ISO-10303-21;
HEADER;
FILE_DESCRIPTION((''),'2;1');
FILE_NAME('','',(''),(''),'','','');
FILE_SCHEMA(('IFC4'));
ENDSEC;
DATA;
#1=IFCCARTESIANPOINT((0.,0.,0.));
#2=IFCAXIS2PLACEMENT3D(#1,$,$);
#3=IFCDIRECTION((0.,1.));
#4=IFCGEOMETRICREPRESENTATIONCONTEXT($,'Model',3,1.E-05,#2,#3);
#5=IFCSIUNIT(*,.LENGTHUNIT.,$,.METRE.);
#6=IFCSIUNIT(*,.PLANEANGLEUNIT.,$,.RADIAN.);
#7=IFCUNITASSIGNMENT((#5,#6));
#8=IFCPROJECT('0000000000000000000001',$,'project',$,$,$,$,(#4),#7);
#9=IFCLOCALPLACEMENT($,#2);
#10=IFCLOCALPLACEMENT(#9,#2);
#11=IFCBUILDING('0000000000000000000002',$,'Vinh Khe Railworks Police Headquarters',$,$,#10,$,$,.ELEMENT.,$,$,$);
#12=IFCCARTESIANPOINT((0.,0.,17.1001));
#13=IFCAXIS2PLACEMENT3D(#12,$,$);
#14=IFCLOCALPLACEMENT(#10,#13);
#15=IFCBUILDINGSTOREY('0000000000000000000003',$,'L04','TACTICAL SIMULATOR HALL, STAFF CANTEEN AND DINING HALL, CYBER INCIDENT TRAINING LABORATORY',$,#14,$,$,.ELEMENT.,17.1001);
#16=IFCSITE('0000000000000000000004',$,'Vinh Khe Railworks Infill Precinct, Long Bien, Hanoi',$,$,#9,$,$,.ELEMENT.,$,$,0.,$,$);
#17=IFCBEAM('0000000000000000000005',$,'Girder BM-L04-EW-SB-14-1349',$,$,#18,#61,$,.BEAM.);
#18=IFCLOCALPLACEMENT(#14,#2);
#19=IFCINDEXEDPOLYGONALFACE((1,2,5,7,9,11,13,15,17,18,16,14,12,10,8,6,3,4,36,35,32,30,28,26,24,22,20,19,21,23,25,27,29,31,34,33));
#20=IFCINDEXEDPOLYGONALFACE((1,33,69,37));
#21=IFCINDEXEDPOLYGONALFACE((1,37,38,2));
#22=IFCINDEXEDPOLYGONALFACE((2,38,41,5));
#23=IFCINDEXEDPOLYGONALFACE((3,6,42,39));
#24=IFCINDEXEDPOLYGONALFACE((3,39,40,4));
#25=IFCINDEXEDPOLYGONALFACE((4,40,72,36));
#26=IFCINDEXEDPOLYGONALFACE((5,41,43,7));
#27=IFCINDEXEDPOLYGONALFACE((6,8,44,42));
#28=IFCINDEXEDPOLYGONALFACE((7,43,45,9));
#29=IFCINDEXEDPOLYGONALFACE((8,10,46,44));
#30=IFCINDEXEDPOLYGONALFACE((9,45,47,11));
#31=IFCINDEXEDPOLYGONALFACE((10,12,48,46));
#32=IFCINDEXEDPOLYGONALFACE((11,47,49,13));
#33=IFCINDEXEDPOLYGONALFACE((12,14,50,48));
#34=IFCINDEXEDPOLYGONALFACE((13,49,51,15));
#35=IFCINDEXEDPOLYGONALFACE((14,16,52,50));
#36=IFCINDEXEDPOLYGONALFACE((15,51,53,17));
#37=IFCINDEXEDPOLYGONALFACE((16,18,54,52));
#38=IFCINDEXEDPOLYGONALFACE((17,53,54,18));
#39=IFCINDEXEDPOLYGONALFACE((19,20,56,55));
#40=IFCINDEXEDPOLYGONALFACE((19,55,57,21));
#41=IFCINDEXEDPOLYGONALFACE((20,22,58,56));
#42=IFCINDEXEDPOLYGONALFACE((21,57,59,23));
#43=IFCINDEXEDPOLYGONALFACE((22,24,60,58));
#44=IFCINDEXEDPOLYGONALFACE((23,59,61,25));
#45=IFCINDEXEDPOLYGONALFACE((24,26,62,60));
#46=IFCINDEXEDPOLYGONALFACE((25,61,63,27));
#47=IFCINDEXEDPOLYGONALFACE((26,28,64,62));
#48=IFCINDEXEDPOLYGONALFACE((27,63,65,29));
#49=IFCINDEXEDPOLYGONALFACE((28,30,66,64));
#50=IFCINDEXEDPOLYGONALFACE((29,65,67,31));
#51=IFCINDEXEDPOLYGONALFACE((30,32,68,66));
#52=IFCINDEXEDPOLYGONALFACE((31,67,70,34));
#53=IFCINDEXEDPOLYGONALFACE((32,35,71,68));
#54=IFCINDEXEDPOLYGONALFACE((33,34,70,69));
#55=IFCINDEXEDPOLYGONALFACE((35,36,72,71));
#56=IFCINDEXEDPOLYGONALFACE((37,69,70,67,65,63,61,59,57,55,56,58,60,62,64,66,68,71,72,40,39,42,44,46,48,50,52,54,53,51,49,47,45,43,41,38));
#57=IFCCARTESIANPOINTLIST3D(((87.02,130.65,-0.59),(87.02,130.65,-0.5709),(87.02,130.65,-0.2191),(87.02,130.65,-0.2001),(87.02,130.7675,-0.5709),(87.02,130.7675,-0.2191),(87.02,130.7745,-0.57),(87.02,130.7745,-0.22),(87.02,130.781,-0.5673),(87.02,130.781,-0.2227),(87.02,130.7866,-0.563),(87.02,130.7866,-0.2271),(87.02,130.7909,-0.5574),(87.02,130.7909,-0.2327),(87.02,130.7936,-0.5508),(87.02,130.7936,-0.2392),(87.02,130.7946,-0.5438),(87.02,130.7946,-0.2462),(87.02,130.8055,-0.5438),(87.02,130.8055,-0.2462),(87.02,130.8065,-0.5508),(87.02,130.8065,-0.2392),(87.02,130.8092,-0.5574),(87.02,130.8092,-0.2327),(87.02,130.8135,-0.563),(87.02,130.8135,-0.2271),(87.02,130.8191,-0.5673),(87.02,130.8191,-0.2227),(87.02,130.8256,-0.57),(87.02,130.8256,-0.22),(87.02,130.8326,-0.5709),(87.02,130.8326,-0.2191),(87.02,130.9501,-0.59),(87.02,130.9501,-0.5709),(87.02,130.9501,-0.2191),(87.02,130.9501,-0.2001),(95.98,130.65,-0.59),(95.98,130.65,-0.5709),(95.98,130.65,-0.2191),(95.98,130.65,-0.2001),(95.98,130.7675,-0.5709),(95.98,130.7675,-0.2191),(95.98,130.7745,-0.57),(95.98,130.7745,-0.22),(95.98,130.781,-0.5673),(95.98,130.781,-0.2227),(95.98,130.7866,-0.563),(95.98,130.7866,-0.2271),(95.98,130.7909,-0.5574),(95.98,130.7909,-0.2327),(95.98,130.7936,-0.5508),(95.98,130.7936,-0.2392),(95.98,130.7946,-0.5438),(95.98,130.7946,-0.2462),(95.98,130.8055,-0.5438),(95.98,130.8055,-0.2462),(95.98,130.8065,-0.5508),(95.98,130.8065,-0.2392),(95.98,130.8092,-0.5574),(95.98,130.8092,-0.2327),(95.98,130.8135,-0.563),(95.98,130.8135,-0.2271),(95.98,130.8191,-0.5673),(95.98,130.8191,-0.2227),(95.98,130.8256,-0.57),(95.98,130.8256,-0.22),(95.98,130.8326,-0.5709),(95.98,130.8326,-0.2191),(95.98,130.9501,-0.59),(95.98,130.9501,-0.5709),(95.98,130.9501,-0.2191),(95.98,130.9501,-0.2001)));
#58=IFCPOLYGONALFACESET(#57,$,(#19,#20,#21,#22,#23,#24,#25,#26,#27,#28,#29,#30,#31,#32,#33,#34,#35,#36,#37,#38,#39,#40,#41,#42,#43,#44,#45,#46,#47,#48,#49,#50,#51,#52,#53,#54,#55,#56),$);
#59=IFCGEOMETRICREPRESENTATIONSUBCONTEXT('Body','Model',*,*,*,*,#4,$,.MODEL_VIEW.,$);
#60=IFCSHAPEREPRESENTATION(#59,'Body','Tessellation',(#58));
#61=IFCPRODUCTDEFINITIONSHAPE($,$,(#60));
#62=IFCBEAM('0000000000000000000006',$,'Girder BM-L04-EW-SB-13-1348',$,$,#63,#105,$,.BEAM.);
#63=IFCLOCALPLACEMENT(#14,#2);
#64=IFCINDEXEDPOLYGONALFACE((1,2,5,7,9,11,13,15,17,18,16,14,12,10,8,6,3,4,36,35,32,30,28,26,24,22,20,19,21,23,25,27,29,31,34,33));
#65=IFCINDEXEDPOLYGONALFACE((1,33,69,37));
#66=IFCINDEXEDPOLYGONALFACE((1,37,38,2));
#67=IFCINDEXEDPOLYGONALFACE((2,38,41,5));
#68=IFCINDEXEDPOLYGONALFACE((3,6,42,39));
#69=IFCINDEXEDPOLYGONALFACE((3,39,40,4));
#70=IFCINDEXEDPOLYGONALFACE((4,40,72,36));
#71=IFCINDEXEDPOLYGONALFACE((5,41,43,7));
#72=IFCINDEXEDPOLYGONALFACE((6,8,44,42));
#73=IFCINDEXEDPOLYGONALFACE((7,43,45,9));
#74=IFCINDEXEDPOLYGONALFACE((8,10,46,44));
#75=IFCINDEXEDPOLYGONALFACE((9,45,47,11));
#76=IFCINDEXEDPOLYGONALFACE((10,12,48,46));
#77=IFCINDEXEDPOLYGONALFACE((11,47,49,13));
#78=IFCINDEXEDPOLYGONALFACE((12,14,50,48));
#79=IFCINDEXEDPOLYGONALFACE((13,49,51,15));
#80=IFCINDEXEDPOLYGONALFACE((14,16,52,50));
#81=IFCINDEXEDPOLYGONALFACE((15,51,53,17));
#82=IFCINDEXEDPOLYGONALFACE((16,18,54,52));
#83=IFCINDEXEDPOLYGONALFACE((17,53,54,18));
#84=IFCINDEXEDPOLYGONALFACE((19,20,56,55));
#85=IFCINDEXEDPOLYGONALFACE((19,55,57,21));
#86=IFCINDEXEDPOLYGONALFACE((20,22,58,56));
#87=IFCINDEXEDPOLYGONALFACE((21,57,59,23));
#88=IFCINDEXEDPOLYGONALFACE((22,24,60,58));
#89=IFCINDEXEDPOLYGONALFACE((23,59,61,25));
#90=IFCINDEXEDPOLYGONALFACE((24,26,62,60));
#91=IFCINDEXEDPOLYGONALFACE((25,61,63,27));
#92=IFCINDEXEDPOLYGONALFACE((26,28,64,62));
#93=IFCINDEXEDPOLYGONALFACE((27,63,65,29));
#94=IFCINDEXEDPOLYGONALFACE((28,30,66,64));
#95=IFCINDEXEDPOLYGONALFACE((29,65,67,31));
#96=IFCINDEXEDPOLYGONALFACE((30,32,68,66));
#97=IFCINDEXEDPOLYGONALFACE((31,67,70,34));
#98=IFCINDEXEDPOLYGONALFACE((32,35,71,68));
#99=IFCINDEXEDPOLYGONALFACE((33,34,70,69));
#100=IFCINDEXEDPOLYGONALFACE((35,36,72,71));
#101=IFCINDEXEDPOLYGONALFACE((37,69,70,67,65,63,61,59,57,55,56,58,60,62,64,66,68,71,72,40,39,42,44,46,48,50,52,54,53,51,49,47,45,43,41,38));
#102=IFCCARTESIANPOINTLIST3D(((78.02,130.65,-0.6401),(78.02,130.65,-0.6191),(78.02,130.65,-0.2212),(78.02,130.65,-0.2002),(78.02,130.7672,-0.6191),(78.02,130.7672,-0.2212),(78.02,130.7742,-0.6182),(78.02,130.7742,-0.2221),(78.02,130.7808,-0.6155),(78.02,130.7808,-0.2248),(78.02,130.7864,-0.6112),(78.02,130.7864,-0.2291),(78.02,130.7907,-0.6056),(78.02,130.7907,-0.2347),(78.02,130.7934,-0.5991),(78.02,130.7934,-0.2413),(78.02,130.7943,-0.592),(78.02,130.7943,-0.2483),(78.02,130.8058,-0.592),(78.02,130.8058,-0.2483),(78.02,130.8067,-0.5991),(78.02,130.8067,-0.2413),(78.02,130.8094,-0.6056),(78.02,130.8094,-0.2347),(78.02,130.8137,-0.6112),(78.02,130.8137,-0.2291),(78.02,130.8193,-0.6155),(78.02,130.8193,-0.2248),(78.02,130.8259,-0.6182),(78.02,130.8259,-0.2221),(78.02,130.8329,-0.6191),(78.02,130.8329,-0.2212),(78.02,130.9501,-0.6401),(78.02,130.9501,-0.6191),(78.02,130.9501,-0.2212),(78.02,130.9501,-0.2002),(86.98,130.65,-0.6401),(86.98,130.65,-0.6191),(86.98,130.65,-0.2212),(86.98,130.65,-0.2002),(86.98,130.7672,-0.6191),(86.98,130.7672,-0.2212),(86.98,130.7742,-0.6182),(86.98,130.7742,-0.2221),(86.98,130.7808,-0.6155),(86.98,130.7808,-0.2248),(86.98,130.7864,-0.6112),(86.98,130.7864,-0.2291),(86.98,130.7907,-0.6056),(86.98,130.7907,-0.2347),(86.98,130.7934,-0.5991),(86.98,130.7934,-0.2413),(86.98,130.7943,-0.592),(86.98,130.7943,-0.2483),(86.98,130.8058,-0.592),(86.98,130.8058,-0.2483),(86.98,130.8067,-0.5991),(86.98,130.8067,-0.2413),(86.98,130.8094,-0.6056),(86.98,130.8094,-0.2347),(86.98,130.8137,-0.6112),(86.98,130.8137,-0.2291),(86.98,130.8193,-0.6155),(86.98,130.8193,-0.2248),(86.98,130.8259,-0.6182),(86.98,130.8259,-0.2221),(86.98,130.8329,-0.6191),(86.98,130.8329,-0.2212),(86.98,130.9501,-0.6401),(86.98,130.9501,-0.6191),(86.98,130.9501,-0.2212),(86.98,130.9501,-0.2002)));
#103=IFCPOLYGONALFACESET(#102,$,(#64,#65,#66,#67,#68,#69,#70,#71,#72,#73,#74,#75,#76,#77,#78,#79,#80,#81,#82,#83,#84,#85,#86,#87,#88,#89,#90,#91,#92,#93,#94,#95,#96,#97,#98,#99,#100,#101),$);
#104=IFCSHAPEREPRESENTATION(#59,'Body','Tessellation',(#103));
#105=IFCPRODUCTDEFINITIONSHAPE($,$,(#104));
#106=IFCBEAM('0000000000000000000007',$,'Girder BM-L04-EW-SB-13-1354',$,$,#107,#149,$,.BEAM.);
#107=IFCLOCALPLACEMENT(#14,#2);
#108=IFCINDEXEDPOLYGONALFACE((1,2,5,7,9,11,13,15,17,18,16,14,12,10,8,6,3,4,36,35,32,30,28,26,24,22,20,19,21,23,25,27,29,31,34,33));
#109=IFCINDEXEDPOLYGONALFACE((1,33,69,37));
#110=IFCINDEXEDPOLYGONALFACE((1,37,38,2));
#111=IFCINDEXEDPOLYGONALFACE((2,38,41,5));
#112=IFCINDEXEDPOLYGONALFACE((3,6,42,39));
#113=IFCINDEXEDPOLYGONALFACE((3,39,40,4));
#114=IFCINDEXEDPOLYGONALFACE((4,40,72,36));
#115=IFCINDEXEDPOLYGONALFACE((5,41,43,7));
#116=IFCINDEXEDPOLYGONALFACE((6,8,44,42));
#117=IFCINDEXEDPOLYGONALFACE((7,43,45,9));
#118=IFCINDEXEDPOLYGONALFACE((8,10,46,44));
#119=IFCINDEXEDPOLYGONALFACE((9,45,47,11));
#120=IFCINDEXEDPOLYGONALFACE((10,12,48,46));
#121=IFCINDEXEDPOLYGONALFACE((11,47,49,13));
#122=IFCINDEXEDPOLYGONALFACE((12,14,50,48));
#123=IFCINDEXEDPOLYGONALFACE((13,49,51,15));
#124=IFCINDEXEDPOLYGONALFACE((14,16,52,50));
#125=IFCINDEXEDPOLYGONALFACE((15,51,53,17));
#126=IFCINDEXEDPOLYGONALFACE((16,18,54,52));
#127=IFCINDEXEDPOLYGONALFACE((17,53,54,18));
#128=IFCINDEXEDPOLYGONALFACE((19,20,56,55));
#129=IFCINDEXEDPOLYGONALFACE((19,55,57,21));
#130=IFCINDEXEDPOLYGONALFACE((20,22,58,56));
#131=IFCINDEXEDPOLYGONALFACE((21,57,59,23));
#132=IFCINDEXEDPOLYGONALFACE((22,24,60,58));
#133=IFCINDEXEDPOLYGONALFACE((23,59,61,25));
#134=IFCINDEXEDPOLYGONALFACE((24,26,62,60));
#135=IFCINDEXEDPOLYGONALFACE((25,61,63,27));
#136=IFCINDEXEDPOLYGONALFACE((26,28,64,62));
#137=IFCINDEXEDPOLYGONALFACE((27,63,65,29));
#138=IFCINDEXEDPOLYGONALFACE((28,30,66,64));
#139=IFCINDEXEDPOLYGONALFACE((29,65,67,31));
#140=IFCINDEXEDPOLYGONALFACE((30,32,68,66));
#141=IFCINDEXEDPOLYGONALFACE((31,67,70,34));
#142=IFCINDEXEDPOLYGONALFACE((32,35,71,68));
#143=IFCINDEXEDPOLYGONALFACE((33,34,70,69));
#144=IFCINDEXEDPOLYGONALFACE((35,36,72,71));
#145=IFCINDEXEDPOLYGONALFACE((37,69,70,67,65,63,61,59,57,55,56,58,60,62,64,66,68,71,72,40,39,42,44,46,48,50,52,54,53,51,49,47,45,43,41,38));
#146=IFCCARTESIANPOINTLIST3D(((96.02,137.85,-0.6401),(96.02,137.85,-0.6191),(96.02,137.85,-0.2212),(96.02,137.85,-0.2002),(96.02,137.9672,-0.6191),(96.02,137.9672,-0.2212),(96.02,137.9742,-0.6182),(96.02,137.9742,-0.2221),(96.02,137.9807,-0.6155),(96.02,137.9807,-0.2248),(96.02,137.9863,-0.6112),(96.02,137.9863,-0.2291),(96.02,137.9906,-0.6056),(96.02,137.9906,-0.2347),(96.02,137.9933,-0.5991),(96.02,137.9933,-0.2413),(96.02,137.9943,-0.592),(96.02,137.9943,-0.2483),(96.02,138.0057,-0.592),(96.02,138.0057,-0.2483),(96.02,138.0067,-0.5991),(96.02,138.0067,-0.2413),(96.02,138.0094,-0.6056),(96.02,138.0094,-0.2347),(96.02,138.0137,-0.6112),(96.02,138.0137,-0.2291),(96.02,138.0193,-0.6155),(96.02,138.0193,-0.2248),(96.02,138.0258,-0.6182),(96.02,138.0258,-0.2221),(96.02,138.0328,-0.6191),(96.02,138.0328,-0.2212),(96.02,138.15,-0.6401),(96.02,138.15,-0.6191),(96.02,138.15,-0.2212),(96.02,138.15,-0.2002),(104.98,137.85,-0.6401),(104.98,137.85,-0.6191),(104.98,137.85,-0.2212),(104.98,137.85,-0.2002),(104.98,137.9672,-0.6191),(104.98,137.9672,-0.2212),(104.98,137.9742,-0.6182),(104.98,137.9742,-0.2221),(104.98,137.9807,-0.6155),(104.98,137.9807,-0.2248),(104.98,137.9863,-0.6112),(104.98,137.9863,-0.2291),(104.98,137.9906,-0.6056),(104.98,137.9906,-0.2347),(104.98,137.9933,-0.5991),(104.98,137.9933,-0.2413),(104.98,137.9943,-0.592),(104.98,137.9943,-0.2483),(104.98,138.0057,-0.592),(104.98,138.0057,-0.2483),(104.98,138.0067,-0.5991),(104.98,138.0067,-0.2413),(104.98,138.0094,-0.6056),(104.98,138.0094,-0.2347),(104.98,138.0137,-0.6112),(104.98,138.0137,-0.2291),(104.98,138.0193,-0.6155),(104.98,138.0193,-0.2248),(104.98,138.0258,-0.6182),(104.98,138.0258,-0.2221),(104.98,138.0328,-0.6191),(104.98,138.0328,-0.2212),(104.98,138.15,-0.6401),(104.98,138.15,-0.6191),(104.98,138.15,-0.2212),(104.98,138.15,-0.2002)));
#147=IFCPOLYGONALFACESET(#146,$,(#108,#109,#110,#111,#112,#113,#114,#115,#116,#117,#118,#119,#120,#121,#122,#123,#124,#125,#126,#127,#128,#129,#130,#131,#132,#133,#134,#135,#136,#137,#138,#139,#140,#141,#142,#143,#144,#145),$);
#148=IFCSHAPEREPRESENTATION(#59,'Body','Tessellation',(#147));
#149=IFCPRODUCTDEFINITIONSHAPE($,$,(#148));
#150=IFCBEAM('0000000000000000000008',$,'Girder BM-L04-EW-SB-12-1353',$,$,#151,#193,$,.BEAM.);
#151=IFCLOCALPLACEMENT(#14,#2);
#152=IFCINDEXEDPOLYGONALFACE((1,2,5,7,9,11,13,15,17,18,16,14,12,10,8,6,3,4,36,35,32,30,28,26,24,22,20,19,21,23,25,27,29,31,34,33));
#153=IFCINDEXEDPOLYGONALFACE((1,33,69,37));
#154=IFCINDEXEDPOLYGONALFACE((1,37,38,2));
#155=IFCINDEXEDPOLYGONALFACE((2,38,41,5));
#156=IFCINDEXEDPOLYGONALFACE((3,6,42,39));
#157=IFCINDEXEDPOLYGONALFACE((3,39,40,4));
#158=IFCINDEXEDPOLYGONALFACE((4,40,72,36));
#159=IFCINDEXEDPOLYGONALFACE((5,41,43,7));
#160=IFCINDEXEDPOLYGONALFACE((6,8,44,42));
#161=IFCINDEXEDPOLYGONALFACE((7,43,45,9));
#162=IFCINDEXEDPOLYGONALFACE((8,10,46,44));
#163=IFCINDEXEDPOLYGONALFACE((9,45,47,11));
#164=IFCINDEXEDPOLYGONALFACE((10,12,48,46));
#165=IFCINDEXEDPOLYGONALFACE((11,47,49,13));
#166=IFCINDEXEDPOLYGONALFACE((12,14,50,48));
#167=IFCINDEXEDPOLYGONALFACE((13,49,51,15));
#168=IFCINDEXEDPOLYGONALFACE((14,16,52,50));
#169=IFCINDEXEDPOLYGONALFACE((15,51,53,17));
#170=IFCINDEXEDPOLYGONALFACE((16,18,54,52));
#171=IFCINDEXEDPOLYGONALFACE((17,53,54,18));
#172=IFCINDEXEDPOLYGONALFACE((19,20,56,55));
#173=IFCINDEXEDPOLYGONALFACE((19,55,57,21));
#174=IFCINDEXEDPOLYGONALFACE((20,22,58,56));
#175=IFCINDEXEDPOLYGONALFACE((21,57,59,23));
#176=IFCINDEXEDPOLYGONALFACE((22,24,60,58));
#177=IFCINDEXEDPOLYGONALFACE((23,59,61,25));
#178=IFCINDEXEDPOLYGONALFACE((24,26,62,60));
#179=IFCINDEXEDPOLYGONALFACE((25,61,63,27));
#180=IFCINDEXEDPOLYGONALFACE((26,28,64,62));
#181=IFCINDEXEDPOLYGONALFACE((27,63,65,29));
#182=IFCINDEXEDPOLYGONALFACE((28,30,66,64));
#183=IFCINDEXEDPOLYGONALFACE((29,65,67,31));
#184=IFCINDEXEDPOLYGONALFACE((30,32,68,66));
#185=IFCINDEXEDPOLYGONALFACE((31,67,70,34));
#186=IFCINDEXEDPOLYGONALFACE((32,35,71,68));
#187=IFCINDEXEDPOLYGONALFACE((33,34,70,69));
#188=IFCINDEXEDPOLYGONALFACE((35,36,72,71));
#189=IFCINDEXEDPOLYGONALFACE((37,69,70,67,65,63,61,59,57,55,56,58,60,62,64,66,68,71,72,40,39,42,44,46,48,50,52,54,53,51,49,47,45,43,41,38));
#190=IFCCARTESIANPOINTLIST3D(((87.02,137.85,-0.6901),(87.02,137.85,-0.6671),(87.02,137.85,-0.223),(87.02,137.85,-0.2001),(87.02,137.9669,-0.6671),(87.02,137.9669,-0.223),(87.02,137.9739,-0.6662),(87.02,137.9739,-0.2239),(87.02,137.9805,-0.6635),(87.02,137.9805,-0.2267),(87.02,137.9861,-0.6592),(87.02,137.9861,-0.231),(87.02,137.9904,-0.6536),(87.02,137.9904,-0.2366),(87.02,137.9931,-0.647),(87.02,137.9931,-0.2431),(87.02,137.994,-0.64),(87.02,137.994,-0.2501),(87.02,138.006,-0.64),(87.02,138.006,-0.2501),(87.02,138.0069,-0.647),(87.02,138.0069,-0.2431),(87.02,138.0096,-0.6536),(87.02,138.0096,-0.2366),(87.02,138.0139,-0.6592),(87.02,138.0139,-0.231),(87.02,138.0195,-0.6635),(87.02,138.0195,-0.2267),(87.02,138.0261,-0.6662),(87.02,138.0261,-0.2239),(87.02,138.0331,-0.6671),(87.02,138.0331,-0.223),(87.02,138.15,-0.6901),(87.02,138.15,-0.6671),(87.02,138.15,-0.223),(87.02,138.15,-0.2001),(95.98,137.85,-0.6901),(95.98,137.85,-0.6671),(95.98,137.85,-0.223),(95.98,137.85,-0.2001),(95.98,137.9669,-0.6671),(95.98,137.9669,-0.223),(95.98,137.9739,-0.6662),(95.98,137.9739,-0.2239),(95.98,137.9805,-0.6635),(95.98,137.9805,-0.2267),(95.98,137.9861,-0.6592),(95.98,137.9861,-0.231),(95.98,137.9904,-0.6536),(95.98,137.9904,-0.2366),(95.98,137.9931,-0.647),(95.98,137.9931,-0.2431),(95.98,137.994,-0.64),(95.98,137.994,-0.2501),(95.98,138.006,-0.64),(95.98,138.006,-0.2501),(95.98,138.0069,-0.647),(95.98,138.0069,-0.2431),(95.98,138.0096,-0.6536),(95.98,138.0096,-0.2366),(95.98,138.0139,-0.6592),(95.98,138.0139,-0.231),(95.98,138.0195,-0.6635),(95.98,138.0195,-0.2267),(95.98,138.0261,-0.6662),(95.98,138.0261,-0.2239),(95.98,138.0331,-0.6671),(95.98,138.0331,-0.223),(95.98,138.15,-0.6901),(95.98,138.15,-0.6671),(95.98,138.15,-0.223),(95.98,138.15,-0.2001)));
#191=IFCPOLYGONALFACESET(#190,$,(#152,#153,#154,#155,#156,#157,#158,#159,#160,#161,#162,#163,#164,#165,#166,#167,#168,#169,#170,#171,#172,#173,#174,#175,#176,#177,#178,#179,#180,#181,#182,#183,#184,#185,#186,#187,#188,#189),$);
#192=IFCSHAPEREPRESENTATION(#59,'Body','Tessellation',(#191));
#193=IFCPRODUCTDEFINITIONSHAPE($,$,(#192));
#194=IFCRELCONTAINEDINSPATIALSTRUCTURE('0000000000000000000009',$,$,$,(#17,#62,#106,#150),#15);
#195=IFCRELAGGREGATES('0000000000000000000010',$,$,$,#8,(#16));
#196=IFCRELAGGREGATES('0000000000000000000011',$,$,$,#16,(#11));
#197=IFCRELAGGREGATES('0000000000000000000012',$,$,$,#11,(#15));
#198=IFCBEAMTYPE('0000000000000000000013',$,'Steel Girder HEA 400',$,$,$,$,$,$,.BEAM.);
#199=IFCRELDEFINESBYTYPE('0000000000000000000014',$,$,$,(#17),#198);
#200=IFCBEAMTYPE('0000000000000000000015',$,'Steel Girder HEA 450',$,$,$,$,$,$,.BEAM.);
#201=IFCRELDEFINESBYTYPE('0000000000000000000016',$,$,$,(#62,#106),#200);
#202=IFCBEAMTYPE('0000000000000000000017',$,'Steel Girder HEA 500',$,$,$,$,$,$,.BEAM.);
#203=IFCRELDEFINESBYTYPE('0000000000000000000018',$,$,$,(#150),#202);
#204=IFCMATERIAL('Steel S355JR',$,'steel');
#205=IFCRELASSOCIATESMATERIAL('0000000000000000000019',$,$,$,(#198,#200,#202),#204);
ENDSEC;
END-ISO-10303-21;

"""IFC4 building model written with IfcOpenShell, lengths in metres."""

from ifc_helpers import new_model, si_unit, direction, frame, origin, origin_2d, place, context, subcontext, project, spatial, i_section, extrude, material, material_profile, profile_set, type_object, element, save


model = new_model("IFC4")

# Units and contexts
model_context = context("Model", 3, precision=1e-05, world=origin(), true_north=direction((0.0, 1.0)))
body_context = subcontext(model_context, "Body", "Model", "MODEL_VIEW")
ifc_project = project(units=[si_unit("LENGTHUNIT", "METRE"), si_unit("PLANEANGLEUNIT", "RADIAN")], contexts=[model_context])

# Site, building, storey
site_placement = place(None, origin())
site = spatial("IfcSite", under=ifc_project, at=site_placement, Name="Vinh Khe Railworks Infill Precinct, Long Bien, Hanoi", CompositionType="ELEMENT", RefElevation=0.0)
building_placement = place(site_placement, origin())
building = spatial("IfcBuilding", under=site, at=building_placement, Name="Vinh Khe Railworks Police Headquarters", CompositionType="ELEMENT")
storey_placement = place(building_placement, frame((0.0, 0.0, 17.1001)))
storey = spatial("IfcBuildingStorey", under=building, at=storey_placement, Name="L04", Description="TACTICAL SIMULATOR HALL, STAFF CANTEEN AND DINING HALL, CYBER INCIDENT TRAINING LABORATORY", CompositionType="ELEMENT", Elevation=17.1001)

# Shared definitions
ifc_material_1 = material(Name="Steel S355JR", Category="steel")

# Beams
ifc_material_profile_1 = material_profile(ifc_material_1, i_section(OverallWidth=0.3, OverallDepth=0.3899, WebThickness=0.011, FlangeThickness=0.019, FilletRadius=0.0271, at=origin_2d()), Name="HEA 400")
ifc_profile_set_1 = profile_set([ifc_material_profile_1], Name="Steel S355JR")
beam_type_1 = type_object("IfcBeamType", Name="Steel Girder HEA 400", PredefinedType="BEAM", material=ifc_profile_set_1)
beam_1_placement = place(storey_placement, frame((87.02, 130.8, -0.395), z_axis=(1.0, 0.0, 0.0), x_axis=(0.0, 1.0, 0.0)))
element("IfcBeam", 1, at=beam_1_placement, inside=storey, type_object=beam_type_1, Name="Girder BM-L04-EW-SB-14-1349", PredefinedType="BEAM", context=body_context, shape_type="SweptSolid", body=[
    extrude(i_section(OverallWidth=0.3, OverallDepth=0.3899, WebThickness=0.011, FlangeThickness=0.019, FilletRadius=0.0271, at=origin_2d()), origin(), (0.0, 0.0, 1.0), 8.96),
])
ifc_material_profile_2 = material_profile(ifc_material_1, i_section(OverallWidth=0.3, OverallDepth=0.4399, WebThickness=0.0115, FlangeThickness=0.021, FilletRadius=0.0271, at=origin_2d()), Name="HEA 450")
ifc_profile_set_2 = profile_set([ifc_material_profile_2], Name="Steel S355JR")
beam_type_2 = type_object("IfcBeamType", Name="Steel Girder HEA 450", PredefinedType="BEAM", material=ifc_profile_set_2)
for number, where, z_axis, x_axis, name in (
    (2, (78.02, 130.8, -0.4202), (1.0, 0.0, 0.0), (0.0, 1.0, 0.0), "Girder BM-L04-EW-SB-13-1348"),
    (3, (96.02, 138.0, -0.4202), (1.0, 0.0, 0.0), (0.0, 1.0, 0.0), "Girder BM-L04-EW-SB-13-1354"),
):
    element("IfcBeam", number, at=place(storey_placement, frame(where, z_axis=z_axis, x_axis=x_axis)), inside=storey, type_object=beam_type_2, Name=name, PredefinedType="BEAM", context=body_context, shape_type="SweptSolid", body=[
        extrude(i_section(OverallWidth=0.3, OverallDepth=0.4399, WebThickness=0.0115, FlangeThickness=0.021, FilletRadius=0.0271, at=origin_2d()), origin(), (0.0, 0.0, 1.0), 8.96),
    ])
ifc_material_profile_3 = material_profile(ifc_material_1, i_section(OverallWidth=0.3, OverallDepth=0.49, WebThickness=0.012, FlangeThickness=0.0229, FilletRadius=0.0271, at=origin_2d()), Name="HEA 500")
ifc_profile_set_3 = profile_set([ifc_material_profile_3], Name="Steel S355JR")
beam_type_3 = type_object("IfcBeamType", Name="Steel Girder HEA 500", PredefinedType="BEAM", material=ifc_profile_set_3)
beam_2_placement = place(storey_placement, frame((87.02, 138.0, -0.4451), z_axis=(1.0, 0.0, 0.0), x_axis=(0.0, 1.0, 0.0)))
element("IfcBeam", 4, at=beam_2_placement, inside=storey, type_object=beam_type_3, Name="Girder BM-L04-EW-SB-12-1353", PredefinedType="BEAM", context=body_context, shape_type="SweptSolid", body=[
    extrude(i_section(OverallWidth=0.3, OverallDepth=0.49, WebThickness=0.012, FlangeThickness=0.0229, FilletRadius=0.0271, at=origin_2d()), origin(), (0.0, 0.0, 1.0), 8.96),
])

save(model, "model.ifc")
